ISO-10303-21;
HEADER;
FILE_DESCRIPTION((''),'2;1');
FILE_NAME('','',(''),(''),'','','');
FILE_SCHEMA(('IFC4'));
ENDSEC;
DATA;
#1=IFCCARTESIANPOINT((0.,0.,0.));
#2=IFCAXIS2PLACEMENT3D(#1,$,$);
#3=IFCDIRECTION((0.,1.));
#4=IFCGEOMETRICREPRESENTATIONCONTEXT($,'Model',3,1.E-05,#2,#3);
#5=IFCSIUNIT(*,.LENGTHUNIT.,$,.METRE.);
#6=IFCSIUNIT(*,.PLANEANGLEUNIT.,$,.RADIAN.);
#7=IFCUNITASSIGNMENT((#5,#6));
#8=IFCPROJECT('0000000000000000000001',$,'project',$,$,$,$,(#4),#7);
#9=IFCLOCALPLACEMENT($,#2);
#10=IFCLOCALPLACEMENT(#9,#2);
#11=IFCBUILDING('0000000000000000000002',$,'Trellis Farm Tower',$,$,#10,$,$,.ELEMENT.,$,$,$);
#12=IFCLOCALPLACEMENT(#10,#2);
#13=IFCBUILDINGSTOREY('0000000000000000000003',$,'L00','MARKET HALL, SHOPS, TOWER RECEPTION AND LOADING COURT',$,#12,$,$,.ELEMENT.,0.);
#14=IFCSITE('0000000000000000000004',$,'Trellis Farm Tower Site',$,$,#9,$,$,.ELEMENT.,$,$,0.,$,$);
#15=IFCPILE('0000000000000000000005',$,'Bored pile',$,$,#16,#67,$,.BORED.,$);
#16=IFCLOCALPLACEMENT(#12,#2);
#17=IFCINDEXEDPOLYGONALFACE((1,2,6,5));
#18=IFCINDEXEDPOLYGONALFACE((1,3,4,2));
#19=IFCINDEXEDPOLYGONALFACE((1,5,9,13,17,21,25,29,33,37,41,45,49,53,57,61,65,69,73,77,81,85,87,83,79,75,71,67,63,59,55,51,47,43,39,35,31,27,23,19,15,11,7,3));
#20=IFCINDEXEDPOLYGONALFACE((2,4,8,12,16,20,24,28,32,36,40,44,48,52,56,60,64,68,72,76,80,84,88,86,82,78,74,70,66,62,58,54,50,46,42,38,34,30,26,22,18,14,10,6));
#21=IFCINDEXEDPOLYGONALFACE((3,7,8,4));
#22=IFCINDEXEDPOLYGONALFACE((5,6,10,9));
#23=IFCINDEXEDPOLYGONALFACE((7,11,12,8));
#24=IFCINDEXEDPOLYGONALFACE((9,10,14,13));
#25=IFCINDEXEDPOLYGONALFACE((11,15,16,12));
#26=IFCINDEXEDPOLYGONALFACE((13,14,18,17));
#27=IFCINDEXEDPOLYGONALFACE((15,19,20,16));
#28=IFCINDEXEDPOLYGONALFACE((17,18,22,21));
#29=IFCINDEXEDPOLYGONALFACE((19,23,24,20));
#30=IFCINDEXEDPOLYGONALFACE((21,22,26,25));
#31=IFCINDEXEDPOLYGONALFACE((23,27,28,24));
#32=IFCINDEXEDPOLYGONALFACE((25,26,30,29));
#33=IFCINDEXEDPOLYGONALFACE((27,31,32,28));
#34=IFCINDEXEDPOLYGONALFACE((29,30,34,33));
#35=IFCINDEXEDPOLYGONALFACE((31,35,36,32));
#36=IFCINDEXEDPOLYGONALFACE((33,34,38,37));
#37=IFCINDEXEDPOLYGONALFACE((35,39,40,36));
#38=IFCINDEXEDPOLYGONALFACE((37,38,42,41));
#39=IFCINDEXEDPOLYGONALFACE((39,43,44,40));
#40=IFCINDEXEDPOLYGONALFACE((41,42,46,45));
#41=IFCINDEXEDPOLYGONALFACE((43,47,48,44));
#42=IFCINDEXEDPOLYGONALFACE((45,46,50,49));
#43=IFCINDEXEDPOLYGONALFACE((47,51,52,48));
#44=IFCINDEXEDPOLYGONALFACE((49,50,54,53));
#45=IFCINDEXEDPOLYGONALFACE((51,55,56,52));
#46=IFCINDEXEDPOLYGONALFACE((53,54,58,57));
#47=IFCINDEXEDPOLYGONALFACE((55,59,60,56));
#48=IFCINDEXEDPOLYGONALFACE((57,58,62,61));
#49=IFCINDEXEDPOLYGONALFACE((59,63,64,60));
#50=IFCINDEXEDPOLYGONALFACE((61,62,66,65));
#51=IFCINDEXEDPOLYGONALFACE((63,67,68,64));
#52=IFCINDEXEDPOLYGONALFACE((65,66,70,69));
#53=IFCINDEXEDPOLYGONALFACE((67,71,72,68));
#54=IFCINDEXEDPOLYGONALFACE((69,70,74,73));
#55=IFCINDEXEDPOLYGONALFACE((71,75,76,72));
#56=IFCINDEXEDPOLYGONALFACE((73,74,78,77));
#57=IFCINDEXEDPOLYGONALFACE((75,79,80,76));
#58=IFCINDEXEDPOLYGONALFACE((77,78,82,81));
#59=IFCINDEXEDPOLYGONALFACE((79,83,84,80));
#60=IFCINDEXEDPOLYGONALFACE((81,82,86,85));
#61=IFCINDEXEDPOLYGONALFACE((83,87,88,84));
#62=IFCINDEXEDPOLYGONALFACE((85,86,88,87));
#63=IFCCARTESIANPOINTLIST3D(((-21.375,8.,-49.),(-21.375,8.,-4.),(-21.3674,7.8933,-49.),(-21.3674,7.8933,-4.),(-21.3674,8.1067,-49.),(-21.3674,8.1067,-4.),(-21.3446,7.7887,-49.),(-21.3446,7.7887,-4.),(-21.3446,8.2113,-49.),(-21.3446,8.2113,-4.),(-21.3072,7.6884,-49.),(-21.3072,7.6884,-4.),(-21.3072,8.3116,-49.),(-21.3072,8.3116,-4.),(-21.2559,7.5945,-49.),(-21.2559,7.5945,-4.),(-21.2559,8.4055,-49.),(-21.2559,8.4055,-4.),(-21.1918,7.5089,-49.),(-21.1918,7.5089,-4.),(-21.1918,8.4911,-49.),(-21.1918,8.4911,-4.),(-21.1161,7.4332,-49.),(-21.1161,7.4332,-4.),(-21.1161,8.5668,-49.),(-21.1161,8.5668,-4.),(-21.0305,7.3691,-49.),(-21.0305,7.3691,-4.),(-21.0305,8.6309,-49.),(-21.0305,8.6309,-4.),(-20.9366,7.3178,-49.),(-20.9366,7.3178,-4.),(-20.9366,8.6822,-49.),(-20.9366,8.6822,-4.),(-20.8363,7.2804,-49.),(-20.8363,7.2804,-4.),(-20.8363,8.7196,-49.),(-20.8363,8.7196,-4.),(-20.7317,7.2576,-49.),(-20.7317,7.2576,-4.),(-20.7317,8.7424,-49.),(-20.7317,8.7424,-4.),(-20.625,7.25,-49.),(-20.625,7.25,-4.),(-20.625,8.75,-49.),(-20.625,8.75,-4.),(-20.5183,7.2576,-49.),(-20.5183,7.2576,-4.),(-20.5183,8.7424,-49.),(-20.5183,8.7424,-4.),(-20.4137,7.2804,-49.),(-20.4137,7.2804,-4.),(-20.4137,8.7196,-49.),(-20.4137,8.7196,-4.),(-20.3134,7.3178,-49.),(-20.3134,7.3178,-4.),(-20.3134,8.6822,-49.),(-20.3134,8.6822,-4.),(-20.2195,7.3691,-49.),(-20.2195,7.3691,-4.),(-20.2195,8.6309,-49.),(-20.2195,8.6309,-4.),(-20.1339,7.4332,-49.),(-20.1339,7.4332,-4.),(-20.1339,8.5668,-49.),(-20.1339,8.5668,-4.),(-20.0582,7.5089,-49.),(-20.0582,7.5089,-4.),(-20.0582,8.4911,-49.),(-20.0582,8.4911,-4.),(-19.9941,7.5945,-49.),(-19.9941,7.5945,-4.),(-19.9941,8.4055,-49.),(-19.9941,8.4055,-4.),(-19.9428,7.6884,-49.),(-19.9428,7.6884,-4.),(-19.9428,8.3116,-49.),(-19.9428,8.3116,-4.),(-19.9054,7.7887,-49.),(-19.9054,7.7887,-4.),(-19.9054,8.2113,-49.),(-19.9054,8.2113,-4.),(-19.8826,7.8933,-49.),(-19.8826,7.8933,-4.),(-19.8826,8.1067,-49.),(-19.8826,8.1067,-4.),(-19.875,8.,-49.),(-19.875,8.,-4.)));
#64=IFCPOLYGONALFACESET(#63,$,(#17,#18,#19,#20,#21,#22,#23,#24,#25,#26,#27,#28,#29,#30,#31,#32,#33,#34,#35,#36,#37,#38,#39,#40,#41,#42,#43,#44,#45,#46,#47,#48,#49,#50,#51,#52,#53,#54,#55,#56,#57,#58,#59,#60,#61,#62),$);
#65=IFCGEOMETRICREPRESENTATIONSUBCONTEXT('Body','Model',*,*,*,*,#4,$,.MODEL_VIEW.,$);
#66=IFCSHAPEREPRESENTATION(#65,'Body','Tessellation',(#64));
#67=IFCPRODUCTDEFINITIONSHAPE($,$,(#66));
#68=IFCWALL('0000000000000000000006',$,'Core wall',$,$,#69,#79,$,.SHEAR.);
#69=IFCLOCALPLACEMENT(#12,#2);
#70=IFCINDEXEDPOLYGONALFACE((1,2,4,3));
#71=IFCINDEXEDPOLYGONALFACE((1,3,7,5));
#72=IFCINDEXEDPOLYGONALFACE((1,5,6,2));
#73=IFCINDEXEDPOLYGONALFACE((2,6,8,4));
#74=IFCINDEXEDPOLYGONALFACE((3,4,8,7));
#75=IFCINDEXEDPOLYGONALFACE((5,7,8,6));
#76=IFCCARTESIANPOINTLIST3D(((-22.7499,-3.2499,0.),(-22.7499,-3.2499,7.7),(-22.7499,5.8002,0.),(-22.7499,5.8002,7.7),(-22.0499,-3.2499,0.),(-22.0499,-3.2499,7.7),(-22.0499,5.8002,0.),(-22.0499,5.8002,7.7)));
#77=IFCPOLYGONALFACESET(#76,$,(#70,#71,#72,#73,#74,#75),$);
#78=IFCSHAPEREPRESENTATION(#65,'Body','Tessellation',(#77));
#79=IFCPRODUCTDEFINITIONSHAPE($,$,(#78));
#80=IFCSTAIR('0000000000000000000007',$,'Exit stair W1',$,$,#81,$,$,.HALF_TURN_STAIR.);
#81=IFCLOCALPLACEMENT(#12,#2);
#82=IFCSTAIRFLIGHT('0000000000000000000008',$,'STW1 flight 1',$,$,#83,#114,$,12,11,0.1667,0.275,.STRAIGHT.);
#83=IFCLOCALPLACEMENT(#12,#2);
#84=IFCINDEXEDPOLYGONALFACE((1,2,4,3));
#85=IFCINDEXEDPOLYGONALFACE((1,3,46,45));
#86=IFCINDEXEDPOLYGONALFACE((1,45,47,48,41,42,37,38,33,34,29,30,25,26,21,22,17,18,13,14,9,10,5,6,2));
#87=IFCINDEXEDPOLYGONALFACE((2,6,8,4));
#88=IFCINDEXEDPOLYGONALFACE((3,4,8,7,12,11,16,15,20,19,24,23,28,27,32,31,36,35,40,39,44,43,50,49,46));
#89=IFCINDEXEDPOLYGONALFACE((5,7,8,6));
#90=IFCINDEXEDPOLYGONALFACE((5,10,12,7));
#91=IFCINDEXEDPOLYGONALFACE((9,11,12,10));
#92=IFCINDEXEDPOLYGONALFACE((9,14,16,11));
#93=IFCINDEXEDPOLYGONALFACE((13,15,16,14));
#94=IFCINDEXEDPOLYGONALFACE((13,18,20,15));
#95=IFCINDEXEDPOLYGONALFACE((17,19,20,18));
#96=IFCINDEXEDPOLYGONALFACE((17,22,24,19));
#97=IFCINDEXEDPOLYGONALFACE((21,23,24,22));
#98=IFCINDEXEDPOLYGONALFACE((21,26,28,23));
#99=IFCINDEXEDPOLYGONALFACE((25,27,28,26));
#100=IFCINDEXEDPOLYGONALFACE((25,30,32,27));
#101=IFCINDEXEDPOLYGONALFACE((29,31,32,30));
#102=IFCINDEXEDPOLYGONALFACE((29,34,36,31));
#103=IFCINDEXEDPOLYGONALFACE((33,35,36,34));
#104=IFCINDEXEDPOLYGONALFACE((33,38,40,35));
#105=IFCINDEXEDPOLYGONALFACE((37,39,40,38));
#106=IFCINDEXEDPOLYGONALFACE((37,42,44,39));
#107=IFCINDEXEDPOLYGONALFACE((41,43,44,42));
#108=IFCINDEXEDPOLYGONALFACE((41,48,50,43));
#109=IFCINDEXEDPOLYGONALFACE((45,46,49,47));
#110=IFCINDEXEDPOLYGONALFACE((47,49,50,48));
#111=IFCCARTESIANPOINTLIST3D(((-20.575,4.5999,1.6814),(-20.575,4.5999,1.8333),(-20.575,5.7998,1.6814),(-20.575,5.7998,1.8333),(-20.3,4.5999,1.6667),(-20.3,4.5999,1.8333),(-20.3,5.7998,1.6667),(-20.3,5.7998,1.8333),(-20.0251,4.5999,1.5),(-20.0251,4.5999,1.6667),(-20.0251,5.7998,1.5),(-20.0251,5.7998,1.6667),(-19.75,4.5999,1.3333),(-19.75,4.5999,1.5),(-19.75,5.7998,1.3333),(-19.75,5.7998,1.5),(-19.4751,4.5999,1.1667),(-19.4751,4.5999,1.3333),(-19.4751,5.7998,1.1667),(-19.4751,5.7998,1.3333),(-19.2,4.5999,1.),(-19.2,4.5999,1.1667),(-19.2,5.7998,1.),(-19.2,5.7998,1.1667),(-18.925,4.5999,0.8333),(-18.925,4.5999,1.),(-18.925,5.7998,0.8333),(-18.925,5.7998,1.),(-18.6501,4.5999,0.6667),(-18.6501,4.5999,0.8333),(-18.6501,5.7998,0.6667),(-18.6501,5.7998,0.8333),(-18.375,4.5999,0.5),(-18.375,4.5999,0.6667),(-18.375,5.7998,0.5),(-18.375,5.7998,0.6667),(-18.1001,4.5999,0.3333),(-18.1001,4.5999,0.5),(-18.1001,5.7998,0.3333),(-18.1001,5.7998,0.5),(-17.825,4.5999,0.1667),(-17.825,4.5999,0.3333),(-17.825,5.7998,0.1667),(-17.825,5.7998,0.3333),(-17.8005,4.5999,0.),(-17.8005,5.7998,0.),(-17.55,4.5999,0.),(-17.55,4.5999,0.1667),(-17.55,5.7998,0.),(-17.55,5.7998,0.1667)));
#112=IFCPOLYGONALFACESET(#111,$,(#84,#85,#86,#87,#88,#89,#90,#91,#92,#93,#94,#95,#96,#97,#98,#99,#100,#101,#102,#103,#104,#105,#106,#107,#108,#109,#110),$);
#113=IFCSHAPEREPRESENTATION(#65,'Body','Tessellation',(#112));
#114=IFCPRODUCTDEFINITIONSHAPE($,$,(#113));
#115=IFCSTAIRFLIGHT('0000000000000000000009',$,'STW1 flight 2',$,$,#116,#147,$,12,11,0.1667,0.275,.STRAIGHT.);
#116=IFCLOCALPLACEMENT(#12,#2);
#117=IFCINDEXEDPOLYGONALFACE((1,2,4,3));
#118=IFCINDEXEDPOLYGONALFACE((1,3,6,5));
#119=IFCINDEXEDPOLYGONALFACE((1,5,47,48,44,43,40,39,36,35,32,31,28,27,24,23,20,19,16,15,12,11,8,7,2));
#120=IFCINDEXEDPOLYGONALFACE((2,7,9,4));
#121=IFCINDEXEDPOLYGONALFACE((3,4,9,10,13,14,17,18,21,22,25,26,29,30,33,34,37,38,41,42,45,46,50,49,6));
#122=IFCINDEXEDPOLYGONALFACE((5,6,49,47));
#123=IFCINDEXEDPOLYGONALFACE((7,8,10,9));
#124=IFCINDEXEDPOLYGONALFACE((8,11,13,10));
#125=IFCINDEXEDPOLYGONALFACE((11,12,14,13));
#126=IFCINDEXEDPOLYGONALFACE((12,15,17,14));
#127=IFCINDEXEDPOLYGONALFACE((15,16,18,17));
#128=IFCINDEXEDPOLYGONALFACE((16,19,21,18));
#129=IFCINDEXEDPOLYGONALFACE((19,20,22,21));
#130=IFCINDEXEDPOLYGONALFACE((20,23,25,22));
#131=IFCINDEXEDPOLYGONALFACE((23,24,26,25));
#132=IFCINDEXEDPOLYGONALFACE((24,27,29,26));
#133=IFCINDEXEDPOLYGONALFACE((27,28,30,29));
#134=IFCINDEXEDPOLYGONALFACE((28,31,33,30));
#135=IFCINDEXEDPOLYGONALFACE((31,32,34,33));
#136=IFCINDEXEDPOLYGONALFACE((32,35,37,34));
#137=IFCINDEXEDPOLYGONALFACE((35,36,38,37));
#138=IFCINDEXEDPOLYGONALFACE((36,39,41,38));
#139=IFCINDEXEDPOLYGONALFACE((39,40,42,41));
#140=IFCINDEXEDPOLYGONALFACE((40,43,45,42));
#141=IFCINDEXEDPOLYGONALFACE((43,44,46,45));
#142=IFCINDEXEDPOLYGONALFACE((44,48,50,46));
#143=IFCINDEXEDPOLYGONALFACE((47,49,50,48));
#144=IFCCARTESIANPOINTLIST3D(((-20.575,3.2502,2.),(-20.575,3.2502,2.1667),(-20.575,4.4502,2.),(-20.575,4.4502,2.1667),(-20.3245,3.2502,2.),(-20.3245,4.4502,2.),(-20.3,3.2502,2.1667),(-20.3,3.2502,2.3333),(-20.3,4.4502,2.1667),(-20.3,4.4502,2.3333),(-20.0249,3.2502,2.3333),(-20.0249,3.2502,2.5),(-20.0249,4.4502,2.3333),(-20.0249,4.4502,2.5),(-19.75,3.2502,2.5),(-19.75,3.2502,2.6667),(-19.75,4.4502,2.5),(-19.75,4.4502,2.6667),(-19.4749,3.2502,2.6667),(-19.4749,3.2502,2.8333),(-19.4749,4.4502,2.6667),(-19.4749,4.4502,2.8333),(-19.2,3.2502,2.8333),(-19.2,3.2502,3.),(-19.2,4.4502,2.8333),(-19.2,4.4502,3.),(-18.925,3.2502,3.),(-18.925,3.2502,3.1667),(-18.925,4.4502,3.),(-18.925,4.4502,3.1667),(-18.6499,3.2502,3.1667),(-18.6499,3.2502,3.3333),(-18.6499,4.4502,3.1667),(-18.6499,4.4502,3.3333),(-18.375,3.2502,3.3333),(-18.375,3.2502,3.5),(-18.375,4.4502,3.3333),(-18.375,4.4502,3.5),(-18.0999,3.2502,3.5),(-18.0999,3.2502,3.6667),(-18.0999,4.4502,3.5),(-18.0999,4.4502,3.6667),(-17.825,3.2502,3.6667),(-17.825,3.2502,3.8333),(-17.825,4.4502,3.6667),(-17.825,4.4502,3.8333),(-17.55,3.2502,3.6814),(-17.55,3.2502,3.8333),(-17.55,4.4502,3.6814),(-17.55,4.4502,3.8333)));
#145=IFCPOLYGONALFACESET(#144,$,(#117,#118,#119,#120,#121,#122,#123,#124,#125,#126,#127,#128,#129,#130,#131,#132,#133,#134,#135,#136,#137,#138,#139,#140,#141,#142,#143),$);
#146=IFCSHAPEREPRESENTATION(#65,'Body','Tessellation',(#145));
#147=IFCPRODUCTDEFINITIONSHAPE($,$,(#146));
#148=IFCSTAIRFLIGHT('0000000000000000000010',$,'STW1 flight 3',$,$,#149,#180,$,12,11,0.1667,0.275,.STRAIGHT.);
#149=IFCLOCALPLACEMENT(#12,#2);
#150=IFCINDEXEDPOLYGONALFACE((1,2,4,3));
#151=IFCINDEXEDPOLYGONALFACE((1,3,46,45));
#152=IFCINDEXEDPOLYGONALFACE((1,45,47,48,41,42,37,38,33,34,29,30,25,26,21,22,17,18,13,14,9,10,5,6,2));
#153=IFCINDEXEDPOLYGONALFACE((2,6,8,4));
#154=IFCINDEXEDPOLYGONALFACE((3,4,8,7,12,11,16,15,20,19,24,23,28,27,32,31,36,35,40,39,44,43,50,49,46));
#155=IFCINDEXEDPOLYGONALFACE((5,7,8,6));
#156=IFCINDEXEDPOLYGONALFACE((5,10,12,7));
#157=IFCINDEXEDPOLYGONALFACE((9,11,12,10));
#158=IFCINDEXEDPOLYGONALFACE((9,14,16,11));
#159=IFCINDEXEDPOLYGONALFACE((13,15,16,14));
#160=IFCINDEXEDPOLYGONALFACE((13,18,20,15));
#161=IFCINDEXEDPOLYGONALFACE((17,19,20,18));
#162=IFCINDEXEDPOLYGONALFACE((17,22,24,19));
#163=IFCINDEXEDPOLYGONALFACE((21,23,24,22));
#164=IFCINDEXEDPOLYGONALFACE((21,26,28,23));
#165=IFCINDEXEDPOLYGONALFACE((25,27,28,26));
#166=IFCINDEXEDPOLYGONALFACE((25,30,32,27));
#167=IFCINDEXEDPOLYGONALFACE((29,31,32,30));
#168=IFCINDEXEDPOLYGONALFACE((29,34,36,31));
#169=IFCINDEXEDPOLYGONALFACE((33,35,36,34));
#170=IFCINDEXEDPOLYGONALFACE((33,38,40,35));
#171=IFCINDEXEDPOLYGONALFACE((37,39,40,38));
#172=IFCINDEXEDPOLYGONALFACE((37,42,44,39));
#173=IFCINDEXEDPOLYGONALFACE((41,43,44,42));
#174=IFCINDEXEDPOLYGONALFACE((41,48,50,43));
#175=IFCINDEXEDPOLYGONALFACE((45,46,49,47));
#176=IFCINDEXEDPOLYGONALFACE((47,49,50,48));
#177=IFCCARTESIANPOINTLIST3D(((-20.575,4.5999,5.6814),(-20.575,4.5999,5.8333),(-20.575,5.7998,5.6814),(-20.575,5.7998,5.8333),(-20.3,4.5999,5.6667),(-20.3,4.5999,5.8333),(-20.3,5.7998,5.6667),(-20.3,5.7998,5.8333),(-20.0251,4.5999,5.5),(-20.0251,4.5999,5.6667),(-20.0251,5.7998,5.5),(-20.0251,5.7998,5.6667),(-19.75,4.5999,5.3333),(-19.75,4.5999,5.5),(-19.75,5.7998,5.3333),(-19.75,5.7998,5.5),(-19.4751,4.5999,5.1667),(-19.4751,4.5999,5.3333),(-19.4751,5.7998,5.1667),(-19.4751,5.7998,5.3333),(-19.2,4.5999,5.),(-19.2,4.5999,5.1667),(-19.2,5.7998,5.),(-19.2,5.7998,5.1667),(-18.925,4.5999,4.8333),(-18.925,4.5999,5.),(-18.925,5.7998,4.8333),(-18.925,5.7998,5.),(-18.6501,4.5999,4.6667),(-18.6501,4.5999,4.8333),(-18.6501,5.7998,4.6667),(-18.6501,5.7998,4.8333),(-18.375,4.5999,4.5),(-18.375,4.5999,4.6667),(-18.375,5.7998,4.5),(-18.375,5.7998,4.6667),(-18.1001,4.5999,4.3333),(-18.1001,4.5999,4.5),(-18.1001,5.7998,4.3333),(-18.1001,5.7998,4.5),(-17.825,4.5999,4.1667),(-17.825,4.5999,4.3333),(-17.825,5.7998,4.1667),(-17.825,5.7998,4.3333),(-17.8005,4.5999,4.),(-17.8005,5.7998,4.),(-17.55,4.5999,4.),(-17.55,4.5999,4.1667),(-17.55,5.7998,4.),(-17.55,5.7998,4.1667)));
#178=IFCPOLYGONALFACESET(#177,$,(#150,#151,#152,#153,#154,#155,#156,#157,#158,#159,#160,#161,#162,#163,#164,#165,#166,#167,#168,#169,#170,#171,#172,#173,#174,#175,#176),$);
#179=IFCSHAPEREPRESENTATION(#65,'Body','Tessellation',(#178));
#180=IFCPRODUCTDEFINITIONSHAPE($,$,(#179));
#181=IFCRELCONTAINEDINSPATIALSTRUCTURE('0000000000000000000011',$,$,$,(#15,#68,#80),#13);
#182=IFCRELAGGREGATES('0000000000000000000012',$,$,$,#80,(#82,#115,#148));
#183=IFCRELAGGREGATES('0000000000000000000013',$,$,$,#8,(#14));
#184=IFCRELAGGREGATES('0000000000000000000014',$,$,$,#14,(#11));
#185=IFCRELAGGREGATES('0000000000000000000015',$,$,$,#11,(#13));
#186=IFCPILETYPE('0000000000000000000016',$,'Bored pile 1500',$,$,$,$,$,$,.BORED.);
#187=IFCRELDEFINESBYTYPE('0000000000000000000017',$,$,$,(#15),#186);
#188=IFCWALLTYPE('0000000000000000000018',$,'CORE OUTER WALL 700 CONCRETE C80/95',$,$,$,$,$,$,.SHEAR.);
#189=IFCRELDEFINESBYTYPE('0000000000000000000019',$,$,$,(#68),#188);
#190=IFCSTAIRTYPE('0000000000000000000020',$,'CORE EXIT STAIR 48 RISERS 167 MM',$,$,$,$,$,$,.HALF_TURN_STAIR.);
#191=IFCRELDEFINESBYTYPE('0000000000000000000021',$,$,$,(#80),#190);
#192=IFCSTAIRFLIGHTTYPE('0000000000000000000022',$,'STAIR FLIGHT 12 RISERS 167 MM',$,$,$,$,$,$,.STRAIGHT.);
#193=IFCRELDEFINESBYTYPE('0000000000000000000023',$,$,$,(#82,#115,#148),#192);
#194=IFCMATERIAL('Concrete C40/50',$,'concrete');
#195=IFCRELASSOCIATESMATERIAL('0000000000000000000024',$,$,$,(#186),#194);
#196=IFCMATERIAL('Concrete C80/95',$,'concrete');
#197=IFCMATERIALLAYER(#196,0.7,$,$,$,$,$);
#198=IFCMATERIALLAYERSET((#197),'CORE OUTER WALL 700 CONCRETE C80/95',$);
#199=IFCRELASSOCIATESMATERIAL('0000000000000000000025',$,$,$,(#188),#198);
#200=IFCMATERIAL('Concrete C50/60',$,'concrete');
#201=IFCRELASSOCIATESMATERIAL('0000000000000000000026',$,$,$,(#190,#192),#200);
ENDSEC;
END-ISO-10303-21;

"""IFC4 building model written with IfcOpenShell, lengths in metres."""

from ifc_helpers import new_model, si_unit, direction, frame, frame_2d, origin, origin_2d, place, context, subcontext, project, spatial, polyline, rectangle, circle, outline, extrude, source, transform, mapped, material, layer, layer_set, material_profile, profile_set, type_object, element, aggregate, save


model = new_model("IFC4")

# Units and contexts
model_context = context("Model", 3, precision=1e-05, world=origin(), true_north=direction((0.0, 1.0)))
body_context = subcontext(model_context, "Body", "Model", "MODEL_VIEW")
ifc_project = project(units=[si_unit("LENGTHUNIT", "METRE"), si_unit("PLANEANGLEUNIT", "RADIAN")], contexts=[model_context])

# Site, building, storey
site_placement = place(None, origin())
site = spatial("IfcSite", under=ifc_project, at=site_placement, Name="Trellis Farm Tower Site", CompositionType="ELEMENT", RefElevation=0.0)
building_placement = place(site_placement, origin())
building = spatial("IfcBuilding", under=site, at=building_placement, Name="Trellis Farm Tower", CompositionType="ELEMENT")
storey_placement = place(building_placement, origin())
storey = spatial("IfcBuildingStorey", under=building, at=storey_placement, Name="L00", Description="MARKET HALL, SHOPS, TOWER RECEPTION AND LOADING COURT", CompositionType="ELEMENT", Elevation=0.0)

# Pile
ifc_material_1 = material(Name="Concrete C40/50", Category="concrete")
ifc_material_profile = material_profile(ifc_material_1, circle(Radius=0.75, at=origin_2d()), Name="Bored pile 1500")
ifc_profile_set = profile_set([ifc_material_profile], Name="Concrete C40/50")
pile_type = type_object("IfcPileType", Name="Bored pile 1500", PredefinedType="BORED", material=ifc_profile_set)
shared_shape_1 = source(origin(), body_context, "Body", "SweptSolid", [
    extrude(circle(Radius=0.75, at=origin_2d()), origin(), (0.0, 0.0, 1.0), 45.0),
])
for number, where, z_axis, x_axis, name in (
    (1, (-20.625, 8.0, -4.0), (0.0, 0.0, -1.0), (1.0, 0.0, 0.0), "Bored pile"),
):
    element("IfcPile", number, at=place(storey_placement, frame(where, z_axis=z_axis, x_axis=x_axis)), inside=storey, type_object=pile_type, Name=name, PredefinedType="BORED", context=body_context, shape_type="MappedRepresentation", body=[
        mapped(shared_shape_1, transform((0.0, 0.0, 0.0))),
    ])

# Wall
ifc_material_2 = material(Name="Concrete C80/95", Category="concrete")
ifc_layer = layer(ifc_material_2, 0.7)
ifc_layer_set = layer_set([ifc_layer], Name="CORE OUTER WALL 700 CONCRETE C80/95")
wall_type = type_object("IfcWallType", Name="CORE OUTER WALL 700 CONCRETE C80/95", PredefinedType="SHEAR", material=ifc_layer_set)
shared_shape_2 = source(origin(), body_context, "Body", "SweptSolid", [
    extrude(rectangle(XDim=9.05, YDim=0.7, at=frame_2d((4.5249, 0.0))), origin(), (0.0, 0.0, 1.0), 7.7),
])
wall_placement = place(storey_placement, frame((-22.3999, 5.8, 0.0), z_axis=(0.0, 0.0, 1.0), x_axis=(0.0, -1.0, 0.0)))
element("IfcWall", 2, at=wall_placement, inside=storey, type_object=wall_type, Name="Core wall", PredefinedType="SHEAR", context=body_context, shape_type="MappedRepresentation", body=[
    mapped(shared_shape_2, transform((0.0, 0.0, 0.0))),
])

# Stair, stair flights
ifc_material_3 = material(Name="Concrete C50/60", Category="concrete")
stair_type = type_object("IfcStairType", Name="CORE EXIT STAIR 48 RISERS 167 MM", PredefinedType="HALF_TURN_STAIR", material=ifc_material_3)
placement = place(storey_placement, origin())
stair_1 = element("IfcStair", 3, at=placement, inside=storey, type_object=stair_type, Name="Exit stair W1", PredefinedType="HALF_TURN_STAIR")
stair_flight_type = type_object("IfcStairFlightType", Name="STAIR FLIGHT 12 RISERS 167 MM", PredefinedType="STRAIGHT", material=ifc_material_3)
shared_shape_3 = source(origin(), body_context, "Body", "SweptSolid", [
    extrude(outline(polyline([(0.0, 0.0), (0.0, 0.1667), (0.2749, 0.1667), (0.2749, 0.3333), (0.55, 0.3333), (0.55, 0.5), (0.825, 0.5), (0.825, 0.6667), (1.1001, 0.6667), (1.1001, 0.8333), (1.375, 0.8333), (1.375, 1.0), (1.6499, 1.0), (1.6499, 1.1667), (1.925, 1.1667), (1.925, 1.3333), (2.2, 1.3333), (2.2, 1.5), (2.4751, 1.5), (2.4751, 1.6667), (2.75, 1.6667), (2.75, 1.8333), (3.0249, 1.8333), (3.0249, 2.0), (3.0249, 1.6814), (0.2505, 0.0), (0.0, 0.0)])), frame((0.0, 0.6001, 0.0), z_axis=(0.0, -1.0, 0.0), x_axis=(1.0, 0.0, 0.0)), (0.0, 0.0, 1.0), 1.2),
])
stair_flight_1_placement = place(storey_placement, frame((-17.55, 5.2, 0.0), z_axis=(0.0, 0.0, 1.0), x_axis=(-1.0, 0.0, 0.0)))
stair_flight_1 = element("IfcStairFlight", 4, at=stair_flight_1_placement, type_object=stair_flight_type, Name="STW1 flight 1", NumberOfRisers=12, NumberOfTreads=11, PredefinedType="STRAIGHT", RiserHeight=0.1667, TreadLength=0.275, context=body_context, shape_type="MappedRepresentation", body=[
    mapped(shared_shape_3, transform((0.0, 0.0, 0.0))),
])
stair_flight_2_placement = place(storey_placement, frame((-20.575, 3.8501, 2.0), z_axis=(0.0, 0.0, 1.0), x_axis=(1.0, 0.0, 0.0)))
stair_flight_2 = element("IfcStairFlight", 5, at=stair_flight_2_placement, type_object=stair_flight_type, Name="STW1 flight 2", NumberOfRisers=12, NumberOfTreads=11, PredefinedType="STRAIGHT", RiserHeight=0.1667, TreadLength=0.275, context=body_context, shape_type="MappedRepresentation", body=[
    mapped(shared_shape_3, transform((0.0, 0.0, 0.0))),
])
stair_flight_3_placement = place(storey_placement, frame((-17.55, 5.2, 4.0), z_axis=(0.0, 0.0, 1.0), x_axis=(-1.0, 0.0, 0.0)))
stair_flight_3 = element("IfcStairFlight", 6, at=stair_flight_3_placement, type_object=stair_flight_type, Name="STW1 flight 3", NumberOfRisers=12, NumberOfTreads=11, PredefinedType="STRAIGHT", RiserHeight=0.1667, TreadLength=0.275, context=body_context, shape_type="MappedRepresentation", body=[
    mapped(shared_shape_3, transform((0.0, 0.0, 0.0))),
])
aggregate(stair_1, [stair_flight_1, stair_flight_2, stair_flight_3])

save(model, "model.ifc")
